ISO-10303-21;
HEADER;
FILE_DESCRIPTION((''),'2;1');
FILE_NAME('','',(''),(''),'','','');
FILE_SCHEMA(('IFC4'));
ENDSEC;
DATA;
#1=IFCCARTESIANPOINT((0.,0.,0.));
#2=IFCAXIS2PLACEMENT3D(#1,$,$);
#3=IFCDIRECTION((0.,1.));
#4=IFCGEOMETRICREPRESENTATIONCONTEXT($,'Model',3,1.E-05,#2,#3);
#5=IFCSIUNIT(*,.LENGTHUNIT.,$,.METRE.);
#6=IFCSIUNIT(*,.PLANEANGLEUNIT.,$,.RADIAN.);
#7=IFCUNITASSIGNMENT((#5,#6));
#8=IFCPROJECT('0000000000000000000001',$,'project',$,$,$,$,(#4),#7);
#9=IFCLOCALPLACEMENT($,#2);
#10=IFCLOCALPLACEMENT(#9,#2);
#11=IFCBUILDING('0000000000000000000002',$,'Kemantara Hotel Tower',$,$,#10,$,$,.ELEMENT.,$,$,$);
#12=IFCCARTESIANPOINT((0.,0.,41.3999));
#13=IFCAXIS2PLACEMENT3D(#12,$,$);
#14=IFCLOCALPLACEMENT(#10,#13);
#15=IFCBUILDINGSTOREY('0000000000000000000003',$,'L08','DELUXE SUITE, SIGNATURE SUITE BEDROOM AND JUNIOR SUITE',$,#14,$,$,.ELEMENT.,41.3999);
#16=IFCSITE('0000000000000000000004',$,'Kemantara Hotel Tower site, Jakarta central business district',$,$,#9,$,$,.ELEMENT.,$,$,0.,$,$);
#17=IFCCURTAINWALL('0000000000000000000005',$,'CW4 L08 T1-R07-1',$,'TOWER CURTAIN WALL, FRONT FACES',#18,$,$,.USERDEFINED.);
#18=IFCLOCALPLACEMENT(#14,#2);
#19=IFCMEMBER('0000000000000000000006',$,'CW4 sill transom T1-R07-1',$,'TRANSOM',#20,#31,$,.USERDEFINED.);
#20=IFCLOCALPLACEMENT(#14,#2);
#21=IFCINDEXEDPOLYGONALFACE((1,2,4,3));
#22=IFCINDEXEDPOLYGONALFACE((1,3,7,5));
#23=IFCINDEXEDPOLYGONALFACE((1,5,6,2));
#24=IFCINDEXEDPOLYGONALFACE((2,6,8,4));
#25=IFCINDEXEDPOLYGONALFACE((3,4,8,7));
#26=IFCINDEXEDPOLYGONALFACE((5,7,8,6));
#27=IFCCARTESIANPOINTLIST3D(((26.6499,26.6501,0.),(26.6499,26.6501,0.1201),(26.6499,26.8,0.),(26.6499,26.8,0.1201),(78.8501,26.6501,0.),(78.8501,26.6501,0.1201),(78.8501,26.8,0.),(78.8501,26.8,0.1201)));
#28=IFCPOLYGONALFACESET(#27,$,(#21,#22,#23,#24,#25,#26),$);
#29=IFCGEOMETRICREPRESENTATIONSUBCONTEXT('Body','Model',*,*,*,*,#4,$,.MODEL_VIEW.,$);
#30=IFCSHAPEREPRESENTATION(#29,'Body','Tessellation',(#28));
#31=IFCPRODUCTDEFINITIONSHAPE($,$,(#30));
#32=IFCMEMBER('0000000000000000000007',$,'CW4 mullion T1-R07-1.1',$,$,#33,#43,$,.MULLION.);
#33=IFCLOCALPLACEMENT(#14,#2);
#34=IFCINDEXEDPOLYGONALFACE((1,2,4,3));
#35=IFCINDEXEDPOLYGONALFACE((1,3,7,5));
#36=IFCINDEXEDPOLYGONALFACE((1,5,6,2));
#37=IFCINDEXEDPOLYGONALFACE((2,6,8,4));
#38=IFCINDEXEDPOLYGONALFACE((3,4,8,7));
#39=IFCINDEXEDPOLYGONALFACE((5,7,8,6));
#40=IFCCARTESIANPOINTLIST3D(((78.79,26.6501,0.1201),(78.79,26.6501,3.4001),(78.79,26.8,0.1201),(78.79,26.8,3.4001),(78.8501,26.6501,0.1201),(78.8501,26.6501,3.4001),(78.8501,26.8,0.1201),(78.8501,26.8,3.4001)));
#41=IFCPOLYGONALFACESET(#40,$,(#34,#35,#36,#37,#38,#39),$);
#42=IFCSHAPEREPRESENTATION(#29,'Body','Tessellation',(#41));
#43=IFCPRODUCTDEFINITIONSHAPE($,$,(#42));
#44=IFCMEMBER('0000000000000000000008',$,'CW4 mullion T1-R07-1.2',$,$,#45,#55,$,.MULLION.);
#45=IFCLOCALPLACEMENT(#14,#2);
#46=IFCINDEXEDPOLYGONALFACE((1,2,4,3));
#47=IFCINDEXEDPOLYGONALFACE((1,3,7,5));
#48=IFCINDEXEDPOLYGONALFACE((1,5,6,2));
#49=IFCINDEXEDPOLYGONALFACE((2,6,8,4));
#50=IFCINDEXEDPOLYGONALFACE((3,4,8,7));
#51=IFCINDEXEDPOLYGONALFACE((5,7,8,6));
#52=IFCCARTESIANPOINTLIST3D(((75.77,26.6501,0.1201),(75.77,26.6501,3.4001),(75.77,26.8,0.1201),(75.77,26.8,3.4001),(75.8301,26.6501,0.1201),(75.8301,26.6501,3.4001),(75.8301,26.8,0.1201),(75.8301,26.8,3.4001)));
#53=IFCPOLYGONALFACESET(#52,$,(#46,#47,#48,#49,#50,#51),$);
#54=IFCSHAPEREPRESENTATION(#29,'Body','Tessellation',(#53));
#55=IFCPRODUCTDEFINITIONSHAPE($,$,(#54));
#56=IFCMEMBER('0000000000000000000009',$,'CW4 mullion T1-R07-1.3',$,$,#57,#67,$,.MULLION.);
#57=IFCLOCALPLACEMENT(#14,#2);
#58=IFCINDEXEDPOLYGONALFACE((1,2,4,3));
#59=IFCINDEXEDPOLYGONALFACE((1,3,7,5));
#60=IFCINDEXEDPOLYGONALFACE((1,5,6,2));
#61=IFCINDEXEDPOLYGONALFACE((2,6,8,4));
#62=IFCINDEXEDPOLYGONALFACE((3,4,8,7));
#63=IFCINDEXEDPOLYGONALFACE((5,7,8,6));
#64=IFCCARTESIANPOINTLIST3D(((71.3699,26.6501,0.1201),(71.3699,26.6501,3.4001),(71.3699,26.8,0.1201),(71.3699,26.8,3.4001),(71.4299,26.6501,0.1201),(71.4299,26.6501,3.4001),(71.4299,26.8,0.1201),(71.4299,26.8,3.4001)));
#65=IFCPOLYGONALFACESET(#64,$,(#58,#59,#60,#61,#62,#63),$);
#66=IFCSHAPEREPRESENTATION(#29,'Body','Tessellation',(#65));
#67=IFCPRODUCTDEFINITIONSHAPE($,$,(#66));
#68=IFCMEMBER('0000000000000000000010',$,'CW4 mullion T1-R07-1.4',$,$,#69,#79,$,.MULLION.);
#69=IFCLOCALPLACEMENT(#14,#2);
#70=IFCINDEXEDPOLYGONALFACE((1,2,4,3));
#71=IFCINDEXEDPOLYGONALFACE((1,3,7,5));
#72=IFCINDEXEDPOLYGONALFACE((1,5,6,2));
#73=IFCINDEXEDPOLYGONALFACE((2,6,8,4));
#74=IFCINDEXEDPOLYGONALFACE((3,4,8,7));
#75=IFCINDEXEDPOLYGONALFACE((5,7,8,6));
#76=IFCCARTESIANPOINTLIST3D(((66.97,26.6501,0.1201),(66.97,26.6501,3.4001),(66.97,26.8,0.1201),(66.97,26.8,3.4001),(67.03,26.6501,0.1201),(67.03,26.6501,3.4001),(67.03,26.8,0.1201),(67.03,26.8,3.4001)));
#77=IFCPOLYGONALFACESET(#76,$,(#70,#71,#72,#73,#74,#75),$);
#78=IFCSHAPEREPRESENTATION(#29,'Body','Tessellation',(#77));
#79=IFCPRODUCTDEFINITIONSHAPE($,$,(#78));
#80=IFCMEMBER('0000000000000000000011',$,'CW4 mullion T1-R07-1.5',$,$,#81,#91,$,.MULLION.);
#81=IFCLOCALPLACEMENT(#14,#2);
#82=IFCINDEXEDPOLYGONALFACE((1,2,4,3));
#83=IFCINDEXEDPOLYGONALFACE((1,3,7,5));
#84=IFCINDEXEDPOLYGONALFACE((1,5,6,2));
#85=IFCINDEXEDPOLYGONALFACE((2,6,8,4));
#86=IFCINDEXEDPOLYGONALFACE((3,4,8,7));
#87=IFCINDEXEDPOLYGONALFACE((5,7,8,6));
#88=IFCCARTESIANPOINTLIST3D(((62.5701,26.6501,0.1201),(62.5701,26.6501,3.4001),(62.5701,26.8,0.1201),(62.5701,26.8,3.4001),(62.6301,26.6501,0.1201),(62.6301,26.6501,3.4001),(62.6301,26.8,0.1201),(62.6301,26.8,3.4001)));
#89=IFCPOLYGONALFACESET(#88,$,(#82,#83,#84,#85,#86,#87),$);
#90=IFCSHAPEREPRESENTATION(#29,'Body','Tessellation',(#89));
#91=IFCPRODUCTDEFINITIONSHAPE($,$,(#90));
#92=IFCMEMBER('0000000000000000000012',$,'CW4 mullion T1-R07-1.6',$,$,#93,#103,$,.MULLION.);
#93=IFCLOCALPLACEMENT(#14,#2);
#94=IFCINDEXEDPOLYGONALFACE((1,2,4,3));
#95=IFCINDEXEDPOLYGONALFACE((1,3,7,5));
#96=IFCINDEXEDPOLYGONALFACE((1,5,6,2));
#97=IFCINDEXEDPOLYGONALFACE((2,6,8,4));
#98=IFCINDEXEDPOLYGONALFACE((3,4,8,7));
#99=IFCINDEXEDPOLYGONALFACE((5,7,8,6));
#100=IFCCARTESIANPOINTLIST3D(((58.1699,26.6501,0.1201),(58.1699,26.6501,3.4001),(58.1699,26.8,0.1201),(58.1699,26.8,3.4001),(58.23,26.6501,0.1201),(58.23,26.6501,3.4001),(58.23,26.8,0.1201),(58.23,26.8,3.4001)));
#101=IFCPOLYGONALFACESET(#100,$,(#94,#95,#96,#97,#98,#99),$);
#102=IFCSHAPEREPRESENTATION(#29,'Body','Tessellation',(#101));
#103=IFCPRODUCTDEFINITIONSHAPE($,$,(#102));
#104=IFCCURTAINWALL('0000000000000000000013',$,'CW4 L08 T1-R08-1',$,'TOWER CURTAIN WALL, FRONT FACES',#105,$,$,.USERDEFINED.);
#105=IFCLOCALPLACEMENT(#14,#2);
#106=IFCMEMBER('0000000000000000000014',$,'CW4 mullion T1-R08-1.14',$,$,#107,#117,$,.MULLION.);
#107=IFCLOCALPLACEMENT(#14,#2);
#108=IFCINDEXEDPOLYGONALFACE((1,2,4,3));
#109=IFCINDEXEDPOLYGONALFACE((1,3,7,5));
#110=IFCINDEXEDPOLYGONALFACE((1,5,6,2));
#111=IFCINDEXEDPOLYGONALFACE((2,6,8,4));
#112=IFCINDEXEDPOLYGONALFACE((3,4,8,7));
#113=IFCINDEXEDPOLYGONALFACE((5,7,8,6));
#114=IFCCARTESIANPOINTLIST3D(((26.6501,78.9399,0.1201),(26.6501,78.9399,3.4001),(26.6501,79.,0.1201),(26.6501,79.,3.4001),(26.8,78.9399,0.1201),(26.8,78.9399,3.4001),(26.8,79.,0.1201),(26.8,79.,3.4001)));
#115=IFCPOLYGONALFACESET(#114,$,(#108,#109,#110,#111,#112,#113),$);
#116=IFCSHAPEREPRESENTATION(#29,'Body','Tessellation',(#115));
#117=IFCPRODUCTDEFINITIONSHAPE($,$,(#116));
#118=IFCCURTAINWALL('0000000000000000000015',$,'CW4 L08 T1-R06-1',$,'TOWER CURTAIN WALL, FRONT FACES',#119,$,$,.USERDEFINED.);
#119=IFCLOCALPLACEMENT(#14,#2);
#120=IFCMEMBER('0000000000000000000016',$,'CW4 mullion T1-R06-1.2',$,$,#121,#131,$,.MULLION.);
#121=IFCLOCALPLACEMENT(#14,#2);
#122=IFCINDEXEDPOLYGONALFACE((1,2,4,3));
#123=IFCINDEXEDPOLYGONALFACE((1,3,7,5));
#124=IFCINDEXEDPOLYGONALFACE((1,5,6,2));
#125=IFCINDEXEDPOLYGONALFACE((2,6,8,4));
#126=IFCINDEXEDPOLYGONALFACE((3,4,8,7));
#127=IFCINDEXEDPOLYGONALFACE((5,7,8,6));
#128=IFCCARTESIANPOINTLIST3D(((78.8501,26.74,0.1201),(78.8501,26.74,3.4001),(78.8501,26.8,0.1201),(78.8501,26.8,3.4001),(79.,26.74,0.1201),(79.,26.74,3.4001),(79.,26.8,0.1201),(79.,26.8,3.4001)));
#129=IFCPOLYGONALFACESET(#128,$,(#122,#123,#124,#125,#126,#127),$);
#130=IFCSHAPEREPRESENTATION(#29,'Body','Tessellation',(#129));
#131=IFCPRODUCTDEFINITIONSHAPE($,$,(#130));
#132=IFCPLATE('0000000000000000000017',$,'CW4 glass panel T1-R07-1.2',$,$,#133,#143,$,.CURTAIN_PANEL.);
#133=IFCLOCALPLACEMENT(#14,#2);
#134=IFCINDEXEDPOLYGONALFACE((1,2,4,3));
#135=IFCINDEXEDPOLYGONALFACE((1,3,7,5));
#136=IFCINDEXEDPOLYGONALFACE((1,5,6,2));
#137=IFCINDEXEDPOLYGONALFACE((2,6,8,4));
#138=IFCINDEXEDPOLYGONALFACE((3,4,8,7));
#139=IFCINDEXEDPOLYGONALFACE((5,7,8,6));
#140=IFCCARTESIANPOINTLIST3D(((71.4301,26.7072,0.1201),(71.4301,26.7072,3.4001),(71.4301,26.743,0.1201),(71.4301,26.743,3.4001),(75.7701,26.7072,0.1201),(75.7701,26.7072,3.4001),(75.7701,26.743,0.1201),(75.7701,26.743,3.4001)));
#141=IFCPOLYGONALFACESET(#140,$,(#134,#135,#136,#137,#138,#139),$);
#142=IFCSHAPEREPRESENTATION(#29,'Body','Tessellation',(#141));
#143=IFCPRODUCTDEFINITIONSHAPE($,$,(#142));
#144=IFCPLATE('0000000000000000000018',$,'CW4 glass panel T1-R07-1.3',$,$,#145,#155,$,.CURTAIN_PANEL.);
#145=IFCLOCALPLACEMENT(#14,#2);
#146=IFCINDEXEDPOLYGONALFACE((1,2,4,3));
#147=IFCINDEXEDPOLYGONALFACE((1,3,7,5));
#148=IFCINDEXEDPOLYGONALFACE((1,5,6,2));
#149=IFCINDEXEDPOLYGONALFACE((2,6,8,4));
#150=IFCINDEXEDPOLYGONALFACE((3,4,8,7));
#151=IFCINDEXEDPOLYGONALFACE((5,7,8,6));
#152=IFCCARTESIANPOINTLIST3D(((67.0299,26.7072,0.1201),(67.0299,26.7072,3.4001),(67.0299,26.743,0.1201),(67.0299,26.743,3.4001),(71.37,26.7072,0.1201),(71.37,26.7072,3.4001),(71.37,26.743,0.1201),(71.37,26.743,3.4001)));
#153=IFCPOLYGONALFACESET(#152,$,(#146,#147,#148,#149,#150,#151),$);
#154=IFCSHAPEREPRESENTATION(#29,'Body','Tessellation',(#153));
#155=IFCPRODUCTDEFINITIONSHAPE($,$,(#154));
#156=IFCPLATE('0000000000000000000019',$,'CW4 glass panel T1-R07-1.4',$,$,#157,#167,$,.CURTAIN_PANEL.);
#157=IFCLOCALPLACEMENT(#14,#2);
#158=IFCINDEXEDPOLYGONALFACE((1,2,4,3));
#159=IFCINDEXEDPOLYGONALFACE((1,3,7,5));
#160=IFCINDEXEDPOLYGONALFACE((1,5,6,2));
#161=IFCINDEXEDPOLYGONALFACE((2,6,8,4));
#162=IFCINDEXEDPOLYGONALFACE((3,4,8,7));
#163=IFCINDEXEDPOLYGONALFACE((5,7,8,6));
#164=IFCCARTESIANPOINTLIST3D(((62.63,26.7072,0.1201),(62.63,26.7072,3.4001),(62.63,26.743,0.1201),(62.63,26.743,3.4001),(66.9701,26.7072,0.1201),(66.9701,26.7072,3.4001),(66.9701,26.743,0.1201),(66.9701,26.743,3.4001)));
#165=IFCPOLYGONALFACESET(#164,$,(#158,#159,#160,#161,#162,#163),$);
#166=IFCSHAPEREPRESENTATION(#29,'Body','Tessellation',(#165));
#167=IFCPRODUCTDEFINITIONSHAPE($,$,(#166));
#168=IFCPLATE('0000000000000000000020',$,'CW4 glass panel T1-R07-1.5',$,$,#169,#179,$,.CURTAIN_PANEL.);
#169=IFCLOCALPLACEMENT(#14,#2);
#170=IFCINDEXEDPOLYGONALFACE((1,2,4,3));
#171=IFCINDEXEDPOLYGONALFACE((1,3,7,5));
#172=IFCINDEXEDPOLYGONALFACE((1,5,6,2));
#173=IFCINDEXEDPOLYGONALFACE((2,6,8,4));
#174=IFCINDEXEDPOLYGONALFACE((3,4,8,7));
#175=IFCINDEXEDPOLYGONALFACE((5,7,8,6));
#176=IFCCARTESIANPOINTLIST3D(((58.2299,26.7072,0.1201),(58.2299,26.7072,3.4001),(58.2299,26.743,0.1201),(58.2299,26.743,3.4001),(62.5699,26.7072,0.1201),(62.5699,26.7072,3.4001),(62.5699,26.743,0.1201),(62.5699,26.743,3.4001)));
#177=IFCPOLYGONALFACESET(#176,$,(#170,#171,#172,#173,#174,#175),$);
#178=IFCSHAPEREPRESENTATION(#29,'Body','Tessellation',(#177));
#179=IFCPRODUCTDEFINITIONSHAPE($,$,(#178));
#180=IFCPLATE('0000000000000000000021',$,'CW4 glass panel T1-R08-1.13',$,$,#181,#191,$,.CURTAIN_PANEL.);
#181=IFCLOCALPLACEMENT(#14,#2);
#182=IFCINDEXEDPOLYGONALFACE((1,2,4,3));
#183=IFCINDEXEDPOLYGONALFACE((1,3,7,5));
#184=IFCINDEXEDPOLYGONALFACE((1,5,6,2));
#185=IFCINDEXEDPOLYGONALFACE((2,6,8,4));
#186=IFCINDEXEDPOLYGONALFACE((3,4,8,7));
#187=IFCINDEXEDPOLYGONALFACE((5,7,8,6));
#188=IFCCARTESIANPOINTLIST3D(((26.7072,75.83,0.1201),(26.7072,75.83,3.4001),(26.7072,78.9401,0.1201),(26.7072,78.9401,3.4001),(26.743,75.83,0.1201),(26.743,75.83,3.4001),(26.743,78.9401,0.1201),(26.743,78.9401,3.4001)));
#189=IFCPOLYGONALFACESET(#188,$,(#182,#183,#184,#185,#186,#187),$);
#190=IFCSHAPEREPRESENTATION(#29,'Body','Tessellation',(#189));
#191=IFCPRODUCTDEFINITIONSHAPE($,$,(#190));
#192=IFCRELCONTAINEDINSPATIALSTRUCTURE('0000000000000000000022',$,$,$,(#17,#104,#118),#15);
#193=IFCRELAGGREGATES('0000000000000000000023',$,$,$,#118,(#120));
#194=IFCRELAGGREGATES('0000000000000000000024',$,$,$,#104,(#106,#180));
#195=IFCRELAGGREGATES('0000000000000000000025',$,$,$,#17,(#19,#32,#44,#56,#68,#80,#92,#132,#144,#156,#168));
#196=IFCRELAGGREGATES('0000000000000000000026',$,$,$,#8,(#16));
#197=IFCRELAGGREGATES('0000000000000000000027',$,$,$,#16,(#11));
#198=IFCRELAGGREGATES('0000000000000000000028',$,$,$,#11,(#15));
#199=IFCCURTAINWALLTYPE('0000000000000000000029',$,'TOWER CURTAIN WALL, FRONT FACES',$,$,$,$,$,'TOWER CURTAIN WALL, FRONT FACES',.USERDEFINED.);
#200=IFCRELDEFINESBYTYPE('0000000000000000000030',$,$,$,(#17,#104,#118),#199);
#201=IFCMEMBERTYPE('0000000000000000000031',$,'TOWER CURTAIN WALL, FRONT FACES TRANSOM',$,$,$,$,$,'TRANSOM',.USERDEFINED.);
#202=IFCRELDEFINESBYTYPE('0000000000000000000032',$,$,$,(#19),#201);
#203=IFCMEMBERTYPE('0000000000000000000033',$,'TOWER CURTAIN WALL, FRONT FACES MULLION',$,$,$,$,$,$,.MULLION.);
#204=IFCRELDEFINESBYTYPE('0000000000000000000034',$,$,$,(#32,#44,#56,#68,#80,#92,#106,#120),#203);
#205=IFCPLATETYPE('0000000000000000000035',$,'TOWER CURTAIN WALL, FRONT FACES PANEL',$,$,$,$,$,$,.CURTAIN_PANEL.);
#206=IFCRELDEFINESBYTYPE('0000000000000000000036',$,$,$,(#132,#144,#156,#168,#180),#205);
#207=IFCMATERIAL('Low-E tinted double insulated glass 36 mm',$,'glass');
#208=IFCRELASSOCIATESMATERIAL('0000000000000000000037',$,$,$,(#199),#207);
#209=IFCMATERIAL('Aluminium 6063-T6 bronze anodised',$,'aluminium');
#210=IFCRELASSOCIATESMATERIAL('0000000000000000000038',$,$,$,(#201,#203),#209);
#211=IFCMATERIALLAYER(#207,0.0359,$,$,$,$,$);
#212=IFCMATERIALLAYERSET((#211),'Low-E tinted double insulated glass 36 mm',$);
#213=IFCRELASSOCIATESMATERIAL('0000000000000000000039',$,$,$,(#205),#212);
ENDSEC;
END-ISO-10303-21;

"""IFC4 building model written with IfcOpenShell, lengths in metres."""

from ifc_helpers import new_model, si_unit, direction, frame, origin, origin_2d, place, context, subcontext, project, spatial, rectangle, extrude, source, transform, mapped, material, layer, layer_set, material_profile, profile_set, type_object, element, aggregate, save


model = new_model("IFC4")

# Units and contexts
model_context = context("Model", 3, precision=1e-05, world=origin(), true_north=direction((0.0, 1.0)))
body_context = subcontext(model_context, "Body", "Model", "MODEL_VIEW")
ifc_project = project(units=[si_unit("LENGTHUNIT", "METRE"), si_unit("PLANEANGLEUNIT", "RADIAN")], contexts=[model_context])

# Site, building, storey
site_placement = place(None, origin())
site = spatial("IfcSite", under=ifc_project, at=site_placement, Name="Kemantara Hotel Tower site, Jakarta central business district", CompositionType="ELEMENT", RefElevation=0.0)
building_placement = place(site_placement, origin())
building = spatial("IfcBuilding", under=site, at=building_placement, Name="Kemantara Hotel Tower", CompositionType="ELEMENT")
storey_placement = place(building_placement, frame((0.0, 0.0, 41.3999)))
storey = spatial("IfcBuildingStorey", under=building, at=storey_placement, Name="L08", Description="DELUXE SUITE, SIGNATURE SUITE BEDROOM AND JUNIOR SUITE", CompositionType="ELEMENT", Elevation=41.3999)

# Curtain wall, members
ifc_material_1 = material(Name="Low-E tinted double insulated glass 36 mm", Category="glass")
curtain_wall_type = type_object("IfcCurtainWallType", Name="TOWER CURTAIN WALL, FRONT FACES", ElementType="TOWER CURTAIN WALL, FRONT FACES", PredefinedType="USERDEFINED", material=ifc_material_1)
curtain_wall_1_placement = place(storey_placement, origin())
curtain_wall_1 = element("IfcCurtainWall", 1, at=curtain_wall_1_placement, inside=storey, type_object=curtain_wall_type, Name="CW4 L08 T1-R07-1", ObjectType="TOWER CURTAIN WALL, FRONT FACES", PredefinedType="USERDEFINED")
ifc_material_2 = material(Name="Aluminium 6063-T6 bronze anodised", Category="aluminium")
ifc_material_profile_1 = material_profile(ifc_material_2, rectangle(XDim=0.1499, YDim=0.1201, at=origin_2d()), Name="TOWER CURTAIN WALL, FRONT FACES TRANSOM")
ifc_profile_set_1 = profile_set([ifc_material_profile_1], Name="Aluminium 6063-T6 bronze anodised")
member_type_1 = type_object("IfcMemberType", Name="TOWER CURTAIN WALL, FRONT FACES TRANSOM", ElementType="TRANSOM", PredefinedType="USERDEFINED", material=ifc_profile_set_1)
member_1_placement = place(storey_placement, frame((78.8501, 26.7251, 0.0601), z_axis=(-1.0, 0.0, 0.0), x_axis=(0.0, -1.0, 0.0)))
member_1 = element("IfcMember", 2, at=member_1_placement, type_object=member_type_1, Name="CW4 sill transom T1-R07-1", ObjectType="TRANSOM", PredefinedType="USERDEFINED", context=body_context, shape_type="SweptSolid", body=[
    extrude(rectangle(XDim=0.1499, YDim=0.1201, at=origin_2d()), origin(), (0.0, 0.0, 1.0), 52.2002),
])
ifc_material_profile_2 = material_profile(ifc_material_2, rectangle(XDim=0.1499, YDim=0.0601, at=origin_2d()), Name="TOWER CURTAIN WALL, FRONT FACES MULLION")
ifc_profile_set_2 = profile_set([ifc_material_profile_2], Name="Aluminium 6063-T6 bronze anodised")
member_type_2 = type_object("IfcMemberType", Name="TOWER CURTAIN WALL, FRONT FACES MULLION", PredefinedType="MULLION", material=ifc_profile_set_2)
shared_shape_1 = source(origin(), body_context, "Body", "SweptSolid", [
    extrude(rectangle(XDim=0.1499, YDim=0.0601, at=origin_2d()), origin(), (0.0, 0.0, 1.0), 3.28),
])
member_2_placement = place(storey_placement, frame((78.8201, 26.7251, 0.1201), z_axis=(0.0, 0.0, 1.0), x_axis=(0.0, -1.0, 0.0)))
member_2 = element("IfcMember", 3, at=member_2_placement, type_object=member_type_2, Name="CW4 mullion T1-R07-1.1", PredefinedType="MULLION", context=body_context, shape_type="MappedRepresentation", body=[
    mapped(shared_shape_1, transform((0.0, 0.0, 0.0))),
])
member_3_placement = place(storey_placement, frame((75.8, 26.7251, 0.1201), z_axis=(0.0, 0.0, 1.0), x_axis=(0.0, -1.0, 0.0)))
member_3 = element("IfcMember", 4, at=member_3_placement, type_object=member_type_2, Name="CW4 mullion T1-R07-1.2", PredefinedType="MULLION", context=body_context, shape_type="MappedRepresentation", body=[
    mapped(shared_shape_1, transform((0.0, 0.0, 0.0))),
])
member_4_placement = place(storey_placement, frame((71.3999, 26.7251, 0.1201), z_axis=(0.0, 0.0, 1.0), x_axis=(0.0, -1.0, 0.0)))
member_4 = element("IfcMember", 5, at=member_4_placement, type_object=member_type_2, Name="CW4 mullion T1-R07-1.3", PredefinedType="MULLION", context=body_context, shape_type="MappedRepresentation", body=[
    mapped(shared_shape_1, transform((0.0, 0.0, 0.0))),
])
member_5_placement = place(storey_placement, frame((67.0, 26.7251, 0.1201), z_axis=(0.0, 0.0, 1.0), x_axis=(0.0, -1.0, 0.0)))
member_5 = element("IfcMember", 6, at=member_5_placement, type_object=member_type_2, Name="CW4 mullion T1-R07-1.4", PredefinedType="MULLION", context=body_context, shape_type="MappedRepresentation", body=[
    mapped(shared_shape_1, transform((0.0, 0.0, 0.0))),
])
member_6_placement = place(storey_placement, frame((62.6001, 26.7251, 0.1201), z_axis=(0.0, 0.0, 1.0), x_axis=(0.0, -1.0, 0.0)))
member_6 = element("IfcMember", 7, at=member_6_placement, type_object=member_type_2, Name="CW4 mullion T1-R07-1.5", PredefinedType="MULLION", context=body_context, shape_type="MappedRepresentation", body=[
    mapped(shared_shape_1, transform((0.0, 0.0, 0.0))),
])
member_7_placement = place(storey_placement, frame((58.2, 26.7251, 0.1201), z_axis=(0.0, 0.0, 1.0), x_axis=(0.0, -1.0, 0.0)))
member_7 = element("IfcMember", 8, at=member_7_placement, type_object=member_type_2, Name="CW4 mullion T1-R07-1.6", PredefinedType="MULLION", context=body_context, shape_type="MappedRepresentation", body=[
    mapped(shared_shape_1, transform((0.0, 0.0, 0.0))),
])

# Curtain walls, members
curtain_wall_2_placement = place(storey_placement, origin())
curtain_wall_2 = element("IfcCurtainWall", 9, at=curtain_wall_2_placement, inside=storey, type_object=curtain_wall_type, Name="CW4 L08 T1-R08-1", ObjectType="TOWER CURTAIN WALL, FRONT FACES", PredefinedType="USERDEFINED")
member_8_placement = place(storey_placement, frame((26.7251, 78.97, 0.1201), z_axis=(0.0, 0.0, 1.0), x_axis=(-1.0, 0.0, 0.0)))
member_8 = element("IfcMember", 10, at=member_8_placement, type_object=member_type_2, Name="CW4 mullion T1-R08-1.14", PredefinedType="MULLION", context=body_context, shape_type="MappedRepresentation", body=[
    mapped(shared_shape_1, transform((0.0, 0.0, 0.0))),
])
curtain_wall_3_placement = place(storey_placement, origin())
curtain_wall_3 = element("IfcCurtainWall", 11, at=curtain_wall_3_placement, inside=storey, type_object=curtain_wall_type, Name="CW4 L08 T1-R06-1", ObjectType="TOWER CURTAIN WALL, FRONT FACES", PredefinedType="USERDEFINED")
member_9_placement = place(storey_placement, frame((78.925, 26.77, 0.1201), z_axis=(0.0, 0.0, 1.0), x_axis=(-1.0, 0.0, 0.0)))
member_9 = element("IfcMember", 12, at=member_9_placement, type_object=member_type_2, Name="CW4 mullion T1-R06-1.2", PredefinedType="MULLION", context=body_context, shape_type="MappedRepresentation", body=[
    mapped(shared_shape_1, transform((0.0, 0.0, 0.0))),
])
aggregate(curtain_wall_3, [member_9])

# Plates
ifc_layer_1 = layer(ifc_material_1, 0.0359)
ifc_layer_set_1 = layer_set([ifc_layer_1], Name="Low-E tinted double insulated glass 36 mm")
plate_type = type_object("IfcPlateType", Name="TOWER CURTAIN WALL, FRONT FACES PANEL", PredefinedType="CURTAIN_PANEL", material=ifc_layer_set_1)
shared_shape_2 = source(origin(), body_context, "Body", "SweptSolid", [
    extrude(rectangle(XDim=4.3401, YDim=0.0359, at=origin_2d()), origin(), (0.0, 0.0, 1.0), 3.28),
])
plate_1_placement = place(storey_placement, frame((73.6001, 26.7251, 0.1201), z_axis=(0.0, 0.0, 1.0), x_axis=(-1.0, 0.0, 0.0)))
plate_1 = element("IfcPlate", 13, at=plate_1_placement, type_object=plate_type, Name="CW4 glass panel T1-R07-1.2", PredefinedType="CURTAIN_PANEL", context=body_context, shape_type="MappedRepresentation", body=[
    mapped(shared_shape_2, transform((0.0, 0.0, 0.0))),
])
plate_2_placement = place(storey_placement, frame((69.2, 26.7251, 0.1201), z_axis=(0.0, 0.0, 1.0), x_axis=(-1.0, 0.0, 0.0)))
plate_2 = element("IfcPlate", 14, at=plate_2_placement, type_object=plate_type, Name="CW4 glass panel T1-R07-1.3", PredefinedType="CURTAIN_PANEL", context=body_context, shape_type="MappedRepresentation", body=[
    mapped(shared_shape_2, transform((0.0, 0.0, 0.0))),
])
plate_3_placement = place(storey_placement, frame((64.8, 26.7251, 0.1201), z_axis=(0.0, 0.0, 1.0), x_axis=(-1.0, 0.0, 0.0)))
plate_3 = element("IfcPlate", 15, at=plate_3_placement, type_object=plate_type, Name="CW4 glass panel T1-R07-1.4", PredefinedType="CURTAIN_PANEL", context=body_context, shape_type="MappedRepresentation", body=[
    mapped(shared_shape_2, transform((0.0, 0.0, 0.0))),
])
plate_4_placement = place(storey_placement, frame((60.3999, 26.7251, 0.1201), z_axis=(0.0, 0.0, 1.0), x_axis=(-1.0, 0.0, 0.0)))
plate_4 = element("IfcPlate", 16, at=plate_4_placement, type_object=plate_type, Name="CW4 glass panel T1-R07-1.5", PredefinedType="CURTAIN_PANEL", context=body_context, shape_type="MappedRepresentation", body=[
    mapped(shared_shape_2, transform((0.0, 0.0, 0.0))),
])
shared_shape_3 = source(origin(), body_context, "Body", "SweptSolid", [
    extrude(rectangle(XDim=3.1101, YDim=0.0359, at=origin_2d()), origin(), (0.0, 0.0, 1.0), 3.28),
])
plate_5_placement = place(storey_placement, frame((26.7251, 77.385, 0.1201), z_axis=(0.0, 0.0, 1.0), x_axis=(0.0, 1.0, 0.0)))
plate_5 = element("IfcPlate", 17, at=plate_5_placement, type_object=plate_type, Name="CW4 glass panel T1-R08-1.13", PredefinedType="CURTAIN_PANEL", context=body_context, shape_type="MappedRepresentation", body=[
    mapped(shared_shape_3, transform((0.0, 0.0, 0.0))),
])
aggregate(curtain_wall_2, [member_8, plate_5])
aggregate(curtain_wall_1, [member_1, member_2, member_3, member_4, member_5, member_6, member_7, plate_1, plate_2, plate_3, plate_4])

save(model, "model.ifc")
